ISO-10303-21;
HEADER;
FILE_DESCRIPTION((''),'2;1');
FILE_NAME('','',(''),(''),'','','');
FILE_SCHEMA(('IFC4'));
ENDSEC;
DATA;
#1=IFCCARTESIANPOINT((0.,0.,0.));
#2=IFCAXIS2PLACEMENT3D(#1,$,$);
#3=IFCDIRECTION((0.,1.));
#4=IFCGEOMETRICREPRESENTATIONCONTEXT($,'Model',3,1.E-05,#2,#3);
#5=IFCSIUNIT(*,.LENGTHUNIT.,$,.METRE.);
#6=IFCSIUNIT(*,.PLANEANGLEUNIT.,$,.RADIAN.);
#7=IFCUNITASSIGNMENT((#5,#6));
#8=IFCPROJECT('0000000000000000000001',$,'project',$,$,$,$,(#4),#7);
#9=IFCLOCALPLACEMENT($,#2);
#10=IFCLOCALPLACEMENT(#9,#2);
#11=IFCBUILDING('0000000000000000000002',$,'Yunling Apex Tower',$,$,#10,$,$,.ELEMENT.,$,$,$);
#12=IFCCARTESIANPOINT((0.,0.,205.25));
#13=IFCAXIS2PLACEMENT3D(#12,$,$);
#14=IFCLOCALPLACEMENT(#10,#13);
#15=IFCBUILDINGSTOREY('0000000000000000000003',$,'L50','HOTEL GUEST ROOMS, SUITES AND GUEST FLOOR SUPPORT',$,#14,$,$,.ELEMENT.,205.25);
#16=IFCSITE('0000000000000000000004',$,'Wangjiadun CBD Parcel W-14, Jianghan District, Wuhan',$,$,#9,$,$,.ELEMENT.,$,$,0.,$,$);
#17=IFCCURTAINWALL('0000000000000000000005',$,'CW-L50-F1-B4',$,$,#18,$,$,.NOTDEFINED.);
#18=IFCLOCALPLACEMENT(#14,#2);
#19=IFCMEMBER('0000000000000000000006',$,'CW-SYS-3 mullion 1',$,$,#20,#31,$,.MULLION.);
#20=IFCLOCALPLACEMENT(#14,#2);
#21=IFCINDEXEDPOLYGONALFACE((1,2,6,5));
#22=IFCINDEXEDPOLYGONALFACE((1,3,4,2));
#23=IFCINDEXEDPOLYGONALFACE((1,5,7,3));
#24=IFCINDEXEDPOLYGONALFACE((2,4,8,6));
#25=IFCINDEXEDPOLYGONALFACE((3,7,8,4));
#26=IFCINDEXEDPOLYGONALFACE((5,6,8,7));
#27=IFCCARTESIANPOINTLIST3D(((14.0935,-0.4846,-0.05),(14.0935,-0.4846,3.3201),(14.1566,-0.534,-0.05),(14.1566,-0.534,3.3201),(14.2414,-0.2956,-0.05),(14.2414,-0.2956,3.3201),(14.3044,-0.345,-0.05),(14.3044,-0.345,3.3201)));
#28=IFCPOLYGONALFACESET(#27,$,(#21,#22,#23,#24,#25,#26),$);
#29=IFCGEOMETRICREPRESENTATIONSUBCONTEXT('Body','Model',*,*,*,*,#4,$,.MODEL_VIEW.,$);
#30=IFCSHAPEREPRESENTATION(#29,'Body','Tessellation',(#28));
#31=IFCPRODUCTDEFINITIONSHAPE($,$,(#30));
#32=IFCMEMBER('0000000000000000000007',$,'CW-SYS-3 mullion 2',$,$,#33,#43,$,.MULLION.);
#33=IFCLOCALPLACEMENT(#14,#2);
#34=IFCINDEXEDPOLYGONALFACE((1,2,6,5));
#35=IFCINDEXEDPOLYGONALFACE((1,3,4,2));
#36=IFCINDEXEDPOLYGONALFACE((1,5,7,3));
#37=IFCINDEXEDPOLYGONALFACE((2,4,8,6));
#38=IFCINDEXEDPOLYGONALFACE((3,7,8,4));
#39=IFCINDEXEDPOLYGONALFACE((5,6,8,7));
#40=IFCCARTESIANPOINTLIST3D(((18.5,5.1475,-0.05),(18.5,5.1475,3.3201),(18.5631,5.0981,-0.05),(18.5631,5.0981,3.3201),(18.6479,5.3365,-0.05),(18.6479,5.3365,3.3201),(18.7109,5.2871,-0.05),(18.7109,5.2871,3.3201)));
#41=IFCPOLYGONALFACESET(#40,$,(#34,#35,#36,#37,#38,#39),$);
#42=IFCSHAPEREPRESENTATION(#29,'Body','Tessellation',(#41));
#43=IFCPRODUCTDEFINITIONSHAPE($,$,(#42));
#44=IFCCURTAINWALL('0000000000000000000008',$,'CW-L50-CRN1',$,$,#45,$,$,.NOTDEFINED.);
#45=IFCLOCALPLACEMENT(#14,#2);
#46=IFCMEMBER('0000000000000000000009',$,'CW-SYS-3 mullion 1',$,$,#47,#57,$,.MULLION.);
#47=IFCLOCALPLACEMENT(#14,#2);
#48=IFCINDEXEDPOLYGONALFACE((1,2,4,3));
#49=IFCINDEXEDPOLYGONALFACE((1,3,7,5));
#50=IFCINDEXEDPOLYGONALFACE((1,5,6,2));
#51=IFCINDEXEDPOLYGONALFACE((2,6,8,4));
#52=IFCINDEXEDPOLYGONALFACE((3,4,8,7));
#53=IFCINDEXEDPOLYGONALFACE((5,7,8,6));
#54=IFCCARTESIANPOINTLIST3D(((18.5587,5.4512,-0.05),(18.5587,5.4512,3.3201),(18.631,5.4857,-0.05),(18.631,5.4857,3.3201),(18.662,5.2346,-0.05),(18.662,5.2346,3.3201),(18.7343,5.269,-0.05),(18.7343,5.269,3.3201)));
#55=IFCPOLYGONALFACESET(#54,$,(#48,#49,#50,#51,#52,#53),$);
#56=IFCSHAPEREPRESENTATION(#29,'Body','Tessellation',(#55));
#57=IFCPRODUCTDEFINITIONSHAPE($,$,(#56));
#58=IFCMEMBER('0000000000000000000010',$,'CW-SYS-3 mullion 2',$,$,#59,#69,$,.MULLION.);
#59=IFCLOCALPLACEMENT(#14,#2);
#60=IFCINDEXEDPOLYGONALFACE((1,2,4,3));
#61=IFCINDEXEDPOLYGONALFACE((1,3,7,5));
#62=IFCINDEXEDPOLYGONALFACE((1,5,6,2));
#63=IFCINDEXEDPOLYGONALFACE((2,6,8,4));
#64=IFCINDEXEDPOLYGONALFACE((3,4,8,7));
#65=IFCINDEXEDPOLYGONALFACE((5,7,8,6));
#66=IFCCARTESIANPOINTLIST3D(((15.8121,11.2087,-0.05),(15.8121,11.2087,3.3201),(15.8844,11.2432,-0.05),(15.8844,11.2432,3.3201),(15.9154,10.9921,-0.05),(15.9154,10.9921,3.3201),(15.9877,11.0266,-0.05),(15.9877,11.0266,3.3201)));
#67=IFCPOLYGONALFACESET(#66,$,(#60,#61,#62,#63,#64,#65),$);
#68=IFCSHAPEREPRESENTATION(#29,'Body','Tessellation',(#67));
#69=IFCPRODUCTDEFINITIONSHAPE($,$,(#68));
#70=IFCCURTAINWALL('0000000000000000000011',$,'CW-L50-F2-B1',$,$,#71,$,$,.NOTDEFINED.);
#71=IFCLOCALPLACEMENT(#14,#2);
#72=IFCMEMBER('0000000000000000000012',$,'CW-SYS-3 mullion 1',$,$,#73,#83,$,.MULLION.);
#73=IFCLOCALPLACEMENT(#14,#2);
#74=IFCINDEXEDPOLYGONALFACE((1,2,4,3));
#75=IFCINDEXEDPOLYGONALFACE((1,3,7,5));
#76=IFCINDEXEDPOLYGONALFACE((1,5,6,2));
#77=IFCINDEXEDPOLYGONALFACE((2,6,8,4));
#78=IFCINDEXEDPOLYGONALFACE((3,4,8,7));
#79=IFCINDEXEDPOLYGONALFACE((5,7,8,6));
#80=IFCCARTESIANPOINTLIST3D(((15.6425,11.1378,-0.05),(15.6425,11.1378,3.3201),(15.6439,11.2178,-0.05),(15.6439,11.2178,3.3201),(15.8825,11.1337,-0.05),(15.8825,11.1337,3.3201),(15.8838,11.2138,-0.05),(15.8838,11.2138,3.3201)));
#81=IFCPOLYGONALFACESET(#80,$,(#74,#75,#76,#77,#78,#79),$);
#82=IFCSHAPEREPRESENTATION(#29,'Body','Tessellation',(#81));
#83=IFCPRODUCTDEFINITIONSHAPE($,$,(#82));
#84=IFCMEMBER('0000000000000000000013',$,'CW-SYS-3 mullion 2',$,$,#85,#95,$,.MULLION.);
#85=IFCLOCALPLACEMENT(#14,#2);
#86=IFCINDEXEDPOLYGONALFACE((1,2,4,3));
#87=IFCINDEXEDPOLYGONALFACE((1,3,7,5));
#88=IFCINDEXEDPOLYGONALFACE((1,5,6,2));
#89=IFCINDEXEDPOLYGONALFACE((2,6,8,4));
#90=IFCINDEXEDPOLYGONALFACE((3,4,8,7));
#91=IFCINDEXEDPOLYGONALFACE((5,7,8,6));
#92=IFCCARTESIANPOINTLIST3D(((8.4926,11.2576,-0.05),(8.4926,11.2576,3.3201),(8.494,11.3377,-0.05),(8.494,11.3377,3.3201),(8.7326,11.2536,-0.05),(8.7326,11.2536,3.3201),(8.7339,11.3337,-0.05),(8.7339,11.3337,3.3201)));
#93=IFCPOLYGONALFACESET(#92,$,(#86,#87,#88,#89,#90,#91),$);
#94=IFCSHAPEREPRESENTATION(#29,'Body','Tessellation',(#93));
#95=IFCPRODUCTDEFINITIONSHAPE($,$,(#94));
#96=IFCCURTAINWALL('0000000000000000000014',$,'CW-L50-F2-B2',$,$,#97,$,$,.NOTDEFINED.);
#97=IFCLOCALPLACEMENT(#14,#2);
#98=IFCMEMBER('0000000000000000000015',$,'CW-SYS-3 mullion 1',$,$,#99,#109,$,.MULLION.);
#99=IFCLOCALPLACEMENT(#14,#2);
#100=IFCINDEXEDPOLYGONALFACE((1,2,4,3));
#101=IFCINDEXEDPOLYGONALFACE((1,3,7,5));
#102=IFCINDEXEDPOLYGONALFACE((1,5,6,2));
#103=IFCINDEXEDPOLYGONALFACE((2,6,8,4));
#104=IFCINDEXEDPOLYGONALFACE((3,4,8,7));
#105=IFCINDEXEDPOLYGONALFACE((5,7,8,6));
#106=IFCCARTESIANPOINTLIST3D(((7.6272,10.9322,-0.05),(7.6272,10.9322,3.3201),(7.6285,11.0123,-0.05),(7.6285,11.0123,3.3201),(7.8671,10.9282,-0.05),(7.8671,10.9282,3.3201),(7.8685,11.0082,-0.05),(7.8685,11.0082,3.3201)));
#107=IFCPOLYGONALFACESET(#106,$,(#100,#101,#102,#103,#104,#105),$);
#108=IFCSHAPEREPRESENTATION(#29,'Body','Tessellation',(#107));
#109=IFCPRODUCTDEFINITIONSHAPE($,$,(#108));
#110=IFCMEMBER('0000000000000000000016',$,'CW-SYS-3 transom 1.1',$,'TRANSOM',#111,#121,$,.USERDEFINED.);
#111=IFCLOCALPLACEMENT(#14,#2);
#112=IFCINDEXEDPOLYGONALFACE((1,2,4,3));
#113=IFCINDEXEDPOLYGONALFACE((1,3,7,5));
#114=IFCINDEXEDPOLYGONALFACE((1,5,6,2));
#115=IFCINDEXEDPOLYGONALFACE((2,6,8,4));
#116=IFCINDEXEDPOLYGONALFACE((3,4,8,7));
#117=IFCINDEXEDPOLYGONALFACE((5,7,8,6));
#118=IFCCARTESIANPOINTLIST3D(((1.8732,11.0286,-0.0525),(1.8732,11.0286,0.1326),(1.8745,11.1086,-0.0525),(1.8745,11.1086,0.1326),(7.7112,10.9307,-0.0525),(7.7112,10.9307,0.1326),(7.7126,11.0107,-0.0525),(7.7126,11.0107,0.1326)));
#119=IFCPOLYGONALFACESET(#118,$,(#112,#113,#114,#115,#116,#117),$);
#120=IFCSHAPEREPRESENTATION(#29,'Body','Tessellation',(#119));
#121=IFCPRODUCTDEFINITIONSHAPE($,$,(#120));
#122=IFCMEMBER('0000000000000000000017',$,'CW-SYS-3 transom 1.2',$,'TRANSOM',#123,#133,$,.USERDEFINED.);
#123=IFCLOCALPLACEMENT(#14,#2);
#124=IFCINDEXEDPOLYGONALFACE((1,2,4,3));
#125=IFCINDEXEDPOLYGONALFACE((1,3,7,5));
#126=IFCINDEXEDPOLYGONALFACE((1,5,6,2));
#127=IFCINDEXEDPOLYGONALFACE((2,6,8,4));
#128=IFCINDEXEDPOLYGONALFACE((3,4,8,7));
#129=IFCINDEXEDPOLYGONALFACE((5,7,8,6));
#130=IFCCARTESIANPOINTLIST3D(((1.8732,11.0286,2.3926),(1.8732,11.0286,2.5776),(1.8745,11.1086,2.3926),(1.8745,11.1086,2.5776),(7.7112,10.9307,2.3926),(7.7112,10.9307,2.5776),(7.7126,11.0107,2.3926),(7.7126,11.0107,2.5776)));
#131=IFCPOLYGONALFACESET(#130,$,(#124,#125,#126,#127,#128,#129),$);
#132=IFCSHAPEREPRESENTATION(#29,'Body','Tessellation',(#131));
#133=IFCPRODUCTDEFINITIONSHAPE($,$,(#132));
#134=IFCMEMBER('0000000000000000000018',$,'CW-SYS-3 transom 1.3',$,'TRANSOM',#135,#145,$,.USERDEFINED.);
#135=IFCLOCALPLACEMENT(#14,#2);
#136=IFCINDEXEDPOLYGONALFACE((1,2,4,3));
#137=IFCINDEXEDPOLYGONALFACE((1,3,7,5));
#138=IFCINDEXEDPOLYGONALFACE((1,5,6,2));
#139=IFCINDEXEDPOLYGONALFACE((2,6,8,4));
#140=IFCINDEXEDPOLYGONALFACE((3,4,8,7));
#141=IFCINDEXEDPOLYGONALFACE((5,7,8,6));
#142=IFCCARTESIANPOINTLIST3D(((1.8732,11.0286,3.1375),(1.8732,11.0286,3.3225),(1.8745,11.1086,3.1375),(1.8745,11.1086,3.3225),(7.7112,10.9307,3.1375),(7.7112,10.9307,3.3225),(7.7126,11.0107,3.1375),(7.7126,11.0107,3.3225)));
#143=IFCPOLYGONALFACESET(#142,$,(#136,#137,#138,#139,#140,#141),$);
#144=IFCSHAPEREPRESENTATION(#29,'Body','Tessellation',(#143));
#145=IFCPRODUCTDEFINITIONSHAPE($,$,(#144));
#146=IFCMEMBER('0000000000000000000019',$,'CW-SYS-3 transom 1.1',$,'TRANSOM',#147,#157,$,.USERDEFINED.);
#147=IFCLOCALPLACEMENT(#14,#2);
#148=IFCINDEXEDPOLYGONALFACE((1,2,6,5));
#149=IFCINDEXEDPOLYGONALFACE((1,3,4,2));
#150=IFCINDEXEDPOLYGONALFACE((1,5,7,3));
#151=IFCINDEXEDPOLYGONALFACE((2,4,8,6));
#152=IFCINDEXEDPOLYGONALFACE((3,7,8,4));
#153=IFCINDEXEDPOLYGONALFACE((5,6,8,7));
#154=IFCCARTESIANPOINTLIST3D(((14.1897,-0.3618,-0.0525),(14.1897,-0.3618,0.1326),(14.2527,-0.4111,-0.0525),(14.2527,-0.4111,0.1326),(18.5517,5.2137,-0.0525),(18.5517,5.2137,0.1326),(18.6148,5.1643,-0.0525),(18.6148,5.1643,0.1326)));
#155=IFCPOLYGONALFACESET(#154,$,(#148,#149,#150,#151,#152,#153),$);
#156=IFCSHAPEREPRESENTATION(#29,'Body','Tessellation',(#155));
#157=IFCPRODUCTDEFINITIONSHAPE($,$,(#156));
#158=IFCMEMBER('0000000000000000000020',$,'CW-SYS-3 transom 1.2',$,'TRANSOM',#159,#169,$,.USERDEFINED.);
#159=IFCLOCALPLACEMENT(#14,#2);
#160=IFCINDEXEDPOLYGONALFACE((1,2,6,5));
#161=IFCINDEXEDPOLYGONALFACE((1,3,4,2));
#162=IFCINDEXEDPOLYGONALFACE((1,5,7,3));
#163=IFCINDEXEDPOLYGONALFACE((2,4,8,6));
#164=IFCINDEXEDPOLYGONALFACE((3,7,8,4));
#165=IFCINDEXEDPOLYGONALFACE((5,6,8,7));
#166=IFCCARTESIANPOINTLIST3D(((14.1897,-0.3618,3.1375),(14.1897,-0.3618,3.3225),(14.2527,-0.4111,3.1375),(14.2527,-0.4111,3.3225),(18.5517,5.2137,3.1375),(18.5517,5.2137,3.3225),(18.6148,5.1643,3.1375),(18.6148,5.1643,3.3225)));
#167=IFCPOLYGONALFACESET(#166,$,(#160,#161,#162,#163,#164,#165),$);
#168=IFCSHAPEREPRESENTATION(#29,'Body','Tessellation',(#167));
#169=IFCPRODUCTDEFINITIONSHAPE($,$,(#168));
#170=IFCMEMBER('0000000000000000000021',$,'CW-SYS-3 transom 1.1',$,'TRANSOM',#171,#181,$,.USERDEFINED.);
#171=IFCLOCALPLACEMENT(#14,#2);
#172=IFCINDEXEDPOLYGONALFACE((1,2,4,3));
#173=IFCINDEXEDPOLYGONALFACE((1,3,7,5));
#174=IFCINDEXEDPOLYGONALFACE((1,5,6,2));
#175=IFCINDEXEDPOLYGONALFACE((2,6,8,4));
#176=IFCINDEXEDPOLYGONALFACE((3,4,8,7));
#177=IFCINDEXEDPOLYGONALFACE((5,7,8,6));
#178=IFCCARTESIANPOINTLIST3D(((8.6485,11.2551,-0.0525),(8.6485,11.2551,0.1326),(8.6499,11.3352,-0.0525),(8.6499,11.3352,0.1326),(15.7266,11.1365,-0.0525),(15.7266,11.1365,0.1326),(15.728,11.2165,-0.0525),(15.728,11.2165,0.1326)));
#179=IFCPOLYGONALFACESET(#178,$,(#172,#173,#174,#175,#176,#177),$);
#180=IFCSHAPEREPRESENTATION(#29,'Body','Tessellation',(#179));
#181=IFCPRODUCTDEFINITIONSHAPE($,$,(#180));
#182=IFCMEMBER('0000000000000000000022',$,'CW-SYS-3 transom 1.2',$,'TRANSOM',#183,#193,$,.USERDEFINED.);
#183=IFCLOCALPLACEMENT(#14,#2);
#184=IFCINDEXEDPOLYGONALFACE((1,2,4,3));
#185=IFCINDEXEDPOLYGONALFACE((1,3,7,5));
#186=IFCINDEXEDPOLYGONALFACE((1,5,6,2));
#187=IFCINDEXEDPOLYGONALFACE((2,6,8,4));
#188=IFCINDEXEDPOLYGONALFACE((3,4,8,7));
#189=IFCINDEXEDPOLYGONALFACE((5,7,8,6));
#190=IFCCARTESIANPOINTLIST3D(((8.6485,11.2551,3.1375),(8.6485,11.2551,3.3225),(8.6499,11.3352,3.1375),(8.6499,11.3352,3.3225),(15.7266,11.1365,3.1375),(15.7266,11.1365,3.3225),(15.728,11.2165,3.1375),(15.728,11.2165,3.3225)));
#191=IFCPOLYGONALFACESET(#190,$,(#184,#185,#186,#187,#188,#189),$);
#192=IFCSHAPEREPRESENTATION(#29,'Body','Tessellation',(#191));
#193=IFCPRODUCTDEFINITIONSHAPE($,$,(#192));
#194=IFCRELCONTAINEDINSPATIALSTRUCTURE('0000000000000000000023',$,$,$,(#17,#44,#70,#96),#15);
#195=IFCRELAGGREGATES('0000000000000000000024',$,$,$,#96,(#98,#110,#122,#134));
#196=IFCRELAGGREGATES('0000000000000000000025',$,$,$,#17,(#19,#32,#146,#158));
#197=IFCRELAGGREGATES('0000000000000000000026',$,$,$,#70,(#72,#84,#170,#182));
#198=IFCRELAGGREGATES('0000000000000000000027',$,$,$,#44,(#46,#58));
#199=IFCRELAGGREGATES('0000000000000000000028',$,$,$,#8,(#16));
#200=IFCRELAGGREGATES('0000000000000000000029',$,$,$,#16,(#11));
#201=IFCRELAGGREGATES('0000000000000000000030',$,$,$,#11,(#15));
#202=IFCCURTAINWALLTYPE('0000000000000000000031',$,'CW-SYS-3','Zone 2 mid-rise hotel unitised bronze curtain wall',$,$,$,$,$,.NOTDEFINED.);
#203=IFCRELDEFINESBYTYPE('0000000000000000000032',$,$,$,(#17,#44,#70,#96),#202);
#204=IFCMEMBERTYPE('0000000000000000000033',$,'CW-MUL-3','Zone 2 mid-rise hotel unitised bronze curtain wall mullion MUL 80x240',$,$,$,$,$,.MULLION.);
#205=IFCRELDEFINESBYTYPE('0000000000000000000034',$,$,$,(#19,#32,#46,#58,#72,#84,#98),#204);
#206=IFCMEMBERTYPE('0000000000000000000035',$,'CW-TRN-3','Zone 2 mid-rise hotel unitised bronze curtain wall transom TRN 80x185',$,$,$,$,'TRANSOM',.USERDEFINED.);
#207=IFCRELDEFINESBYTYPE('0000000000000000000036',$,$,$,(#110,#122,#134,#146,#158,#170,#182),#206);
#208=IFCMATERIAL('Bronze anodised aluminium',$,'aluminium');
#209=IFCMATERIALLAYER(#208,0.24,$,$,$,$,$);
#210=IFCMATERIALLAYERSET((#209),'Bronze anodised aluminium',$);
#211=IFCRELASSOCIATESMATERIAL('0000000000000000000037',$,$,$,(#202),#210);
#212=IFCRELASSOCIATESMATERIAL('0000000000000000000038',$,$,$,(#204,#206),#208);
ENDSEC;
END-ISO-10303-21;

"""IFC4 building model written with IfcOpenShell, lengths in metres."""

from ifc_helpers import new_model, si_unit, direction, frame, origin, origin_2d, place, context, subcontext, project, spatial, rectangle, extrude, source, transform, mapped, material, layer, layer_set, material_profile, profile_set, type_object, element, aggregate, save


model = new_model("IFC4")

# Units and contexts
model_context = context("Model", 3, precision=1e-05, world=origin(), true_north=direction((0.0, 1.0)))
body_context = subcontext(model_context, "Body", "Model", "MODEL_VIEW")
ifc_project = project(units=[si_unit("LENGTHUNIT", "METRE"), si_unit("PLANEANGLEUNIT", "RADIAN")], contexts=[model_context])

# Site, building, storey
site_placement = place(None, origin())
site = spatial("IfcSite", under=ifc_project, at=site_placement, Name="Wangjiadun CBD Parcel W-14, Jianghan District, Wuhan", CompositionType="ELEMENT", RefElevation=0.0)
building_placement = place(site_placement, origin())
building = spatial("IfcBuilding", under=site, at=building_placement, Name="Yunling Apex Tower", CompositionType="ELEMENT")
storey_placement = place(building_placement, frame((0.0, 0.0, 205.25)))
storey = spatial("IfcBuildingStorey", under=building, at=storey_placement, Name="L50", Description="HOTEL GUEST ROOMS, SUITES AND GUEST FLOOR SUPPORT", CompositionType="ELEMENT", Elevation=205.25)

# Curtain walls, members
ifc_material_1 = material(Name="Bronze anodised aluminium", Category="aluminium")
ifc_layer_1 = layer(ifc_material_1, 0.24)
ifc_layer_set_1 = layer_set([ifc_layer_1], Name="Bronze anodised aluminium")
curtain_wall_type = type_object("IfcCurtainWallType", Name="CW-SYS-3", Description="Zone 2 mid-rise hotel unitised bronze curtain wall", PredefinedType="NOTDEFINED", material=ifc_layer_set_1)
curtain_wall_1_placement = place(storey_placement, origin())
curtain_wall_1 = element("IfcCurtainWall", 1, at=curtain_wall_1_placement, inside=storey, type_object=curtain_wall_type, Name="CW-L50-F1-B4", PredefinedType="NOTDEFINED")
ifc_material_profile_1 = material_profile(ifc_material_1, rectangle(XDim=0.0801, YDim=0.24, at=origin_2d()))
ifc_profile_set_1 = profile_set([ifc_material_profile_1], Name="Bronze anodised aluminium")
member_type_1 = type_object("IfcMemberType", Name="CW-MUL-3", Description="Zone 2 mid-rise hotel unitised bronze curtain wall mullion MUL 80x240", PredefinedType="MULLION", material=ifc_profile_set_1)
shared_shape_1 = source(origin(), body_context, "Body", "SweptSolid", [
    extrude(rectangle(XDim=0.0801, YDim=0.24, at=origin_2d()), origin(), (0.0, 0.0, 1.0), 3.3701),
])
member_1_placement = place(storey_placement, frame((14.199, -0.4148, -0.05), z_axis=(0.0, 0.0, 1.0), x_axis=(-0.787589, 0.6162, 0.0)))
member_1 = element("IfcMember", 2, at=member_1_placement, type_object=member_type_1, Name="CW-SYS-3 mullion 1", PredefinedType="MULLION", context=body_context, shape_type="MappedRepresentation", body=[
    mapped(shared_shape_1, transform((0.0, 0.0, 0.0), scale=1.0)),
])
member_2_placement = place(storey_placement, frame((18.6055, 5.2173, -0.05), z_axis=(0.0, 0.0, 1.0), x_axis=(-0.787589, 0.6162, 0.0)))
member_2 = element("IfcMember", 3, at=member_2_placement, type_object=member_type_1, Name="CW-SYS-3 mullion 2", PredefinedType="MULLION", context=body_context, shape_type="MappedRepresentation", body=[
    mapped(shared_shape_1, transform((0.0, 0.0, 0.0), scale=1.0)),
])
curtain_wall_2_placement = place(storey_placement, origin())
curtain_wall_2 = element("IfcCurtainWall", 4, at=curtain_wall_2_placement, inside=storey, type_object=curtain_wall_type, Name="CW-L50-CRN1", PredefinedType="NOTDEFINED")
member_3_placement = place(storey_placement, frame((18.6465, 5.3601, -0.05), z_axis=(0.0, 0.0, 1.0), x_axis=(-0.902578, -0.430527, 0.0)))
member_3 = element("IfcMember", 5, at=member_3_placement, type_object=member_type_1, Name="CW-SYS-3 mullion 1", PredefinedType="MULLION", context=body_context, shape_type="MappedRepresentation", body=[
    mapped(shared_shape_1, transform((0.0, 0.0, 0.0), scale=1.0)),
])
member_4_placement = place(storey_placement, frame((15.8999, 11.1177, -0.05), z_axis=(0.0, 0.0, 1.0), x_axis=(-0.902578, -0.430527, 0.0)))
member_4 = element("IfcMember", 6, at=member_4_placement, type_object=member_type_1, Name="CW-SYS-3 mullion 2", PredefinedType="MULLION", context=body_context, shape_type="MappedRepresentation", body=[
    mapped(shared_shape_1, transform((0.0, 0.0, 0.0), scale=1.0)),
])
curtain_wall_3_placement = place(storey_placement, origin())
curtain_wall_3 = element("IfcCurtainWall", 7, at=curtain_wall_3_placement, inside=storey, type_object=curtain_wall_type, Name="CW-L50-F2-B1", PredefinedType="NOTDEFINED")
member_5_placement = place(storey_placement, frame((15.7632, 11.1758, -0.05), z_axis=(0.0, 0.0, 1.0), x_axis=(-0.016761, -0.99986, 0.0)))
member_5 = element("IfcMember", 8, at=member_5_placement, type_object=member_type_1, Name="CW-SYS-3 mullion 1", PredefinedType="MULLION", context=body_context, shape_type="MappedRepresentation", body=[
    mapped(shared_shape_1, transform((0.0, 0.0, 0.0), scale=1.0)),
])
member_6_placement = place(storey_placement, frame((8.6133, 11.2957, -0.05), z_axis=(0.0, 0.0, 1.0), x_axis=(-0.016761, -0.99986, 0.0)))
member_6 = element("IfcMember", 9, at=member_6_placement, type_object=member_type_1, Name="CW-SYS-3 mullion 2", PredefinedType="MULLION", context=body_context, shape_type="MappedRepresentation", body=[
    mapped(shared_shape_1, transform((0.0, 0.0, 0.0), scale=1.0)),
])
curtain_wall_4_placement = place(storey_placement, origin())
curtain_wall_4 = element("IfcCurtainWall", 10, at=curtain_wall_4_placement, inside=storey, type_object=curtain_wall_type, Name="CW-L50-F2-B2", PredefinedType="NOTDEFINED")
member_7_placement = place(storey_placement, frame((7.7478, 10.9702, -0.05), z_axis=(0.0, 0.0, 1.0), x_axis=(-0.016759, -0.99986, 0.0)))
member_7 = element("IfcMember", 11, at=member_7_placement, type_object=member_type_1, Name="CW-SYS-3 mullion 1", PredefinedType="MULLION", context=body_context, shape_type="MappedRepresentation", body=[
    mapped(shared_shape_1, transform((0.0, 0.0, 0.0), scale=1.0)),
])
ifc_material_profile_2 = material_profile(ifc_material_1, rectangle(XDim=0.0801, YDim=0.1851, at=origin_2d()))
ifc_profile_set_2 = profile_set([ifc_material_profile_2], Name="Bronze anodised aluminium")
member_type_2 = type_object("IfcMemberType", Name="CW-TRN-3", Description="Zone 2 mid-rise hotel unitised bronze curtain wall transom TRN 80x185", ElementType="TRANSOM", PredefinedType="USERDEFINED", material=ifc_profile_set_2)
shared_shape_2 = source(origin(), body_context, "Body", "SweptSolid", [
    extrude(rectangle(XDim=0.0801, YDim=0.1851, at=origin_2d()), origin(), (0.0, 0.0, 1.0), 5.8389),
])
member_8_placement = place(storey_placement, frame((7.7119, 10.9707, 0.04), z_axis=(-0.999859, 0.016767, 0.0), x_axis=(-0.016767, -0.999859, 0.0)))
member_8 = element("IfcMember", 12, at=member_8_placement, type_object=member_type_2, Name="CW-SYS-3 transom 1.1", ObjectType="TRANSOM", PredefinedType="USERDEFINED", context=body_context, shape_type="MappedRepresentation", body=[
    mapped(shared_shape_2, transform((0.0, 0.0, 0.0), scale=1.0)),
])
member_9_placement = place(storey_placement, frame((7.7119, 10.9707, 2.4851), z_axis=(-0.999859, 0.016767, 0.0), x_axis=(-0.016767, -0.999859, 0.0)))
member_9 = element("IfcMember", 13, at=member_9_placement, type_object=member_type_2, Name="CW-SYS-3 transom 1.2", ObjectType="TRANSOM", PredefinedType="USERDEFINED", context=body_context, shape_type="MappedRepresentation", body=[
    mapped(shared_shape_2, transform((0.0, 0.0, 0.0), scale=1.0)),
])
member_10_placement = place(storey_placement, frame((7.7119, 10.9707, 3.23), z_axis=(-0.999859, 0.016767, 0.0), x_axis=(-0.016767, -0.999859, 0.0)))
member_10 = element("IfcMember", 14, at=member_10_placement, type_object=member_type_2, Name="CW-SYS-3 transom 1.3", ObjectType="TRANSOM", PredefinedType="USERDEFINED", context=body_context, shape_type="MappedRepresentation", body=[
    mapped(shared_shape_2, transform((0.0, 0.0, 0.0), scale=1.0)),
])
aggregate(curtain_wall_4, [member_7, member_8, member_9, member_10])

# Members
shared_shape_3 = source(origin(), body_context, "Body", "SweptSolid", [
    extrude(rectangle(XDim=0.0801, YDim=0.1851, at=origin_2d()), origin(), (0.0, 0.0, 1.0), 7.0791),
])
member_11_placement = place(storey_placement, frame((14.2212, -0.3865, 0.04), z_axis=(0.616192, 0.787596, 0.0), x_axis=(-0.787596, 0.616192, 0.0)))
member_11 = element("IfcMember", 15, at=member_11_placement, type_object=member_type_2, Name="CW-SYS-3 transom 1.1", ObjectType="TRANSOM", PredefinedType="USERDEFINED", context=body_context, shape_type="MappedRepresentation", body=[
    mapped(shared_shape_3, transform((0.0, 0.0, 0.0), scale=1.0)),
])
member_12_placement = place(storey_placement, frame((14.2212, -0.3865, 3.23), z_axis=(0.616192, 0.787596, 0.0), x_axis=(-0.787596, 0.616192, 0.0)))
member_12 = element("IfcMember", 16, at=member_12_placement, type_object=member_type_2, Name="CW-SYS-3 transom 1.2", ObjectType="TRANSOM", PredefinedType="USERDEFINED", context=body_context, shape_type="MappedRepresentation", body=[
    mapped(shared_shape_3, transform((0.0, 0.0, 0.0), scale=1.0)),
])
member_13_placement = place(storey_placement, frame((15.7273, 11.1765, 0.04), z_axis=(-0.99986, 0.016761, 0.0), x_axis=(-0.016761, -0.99986, 0.0)))
member_13 = element("IfcMember", 17, at=member_13_placement, type_object=member_type_2, Name="CW-SYS-3 transom 1.1", ObjectType="TRANSOM", PredefinedType="USERDEFINED", context=body_context, shape_type="MappedRepresentation", body=[
    mapped(shared_shape_3, transform((0.0, 0.0, 0.0), scale=1.0)),
])
member_14_placement = place(storey_placement, frame((15.7273, 11.1765, 3.23), z_axis=(-0.99986, 0.016761, 0.0), x_axis=(-0.016761, -0.99986, 0.0)))
member_14 = element("IfcMember", 18, at=member_14_placement, type_object=member_type_2, Name="CW-SYS-3 transom 1.2", ObjectType="TRANSOM", PredefinedType="USERDEFINED", context=body_context, shape_type="MappedRepresentation", body=[
    mapped(shared_shape_3, transform((0.0, 0.0, 0.0), scale=1.0)),
])

aggregate(curtain_wall_1, [member_1, member_2, member_11, member_12])
aggregate(curtain_wall_3, [member_5, member_6, member_13, member_14])
aggregate(curtain_wall_2, [member_3, member_4])

save(model, "model.ifc")
